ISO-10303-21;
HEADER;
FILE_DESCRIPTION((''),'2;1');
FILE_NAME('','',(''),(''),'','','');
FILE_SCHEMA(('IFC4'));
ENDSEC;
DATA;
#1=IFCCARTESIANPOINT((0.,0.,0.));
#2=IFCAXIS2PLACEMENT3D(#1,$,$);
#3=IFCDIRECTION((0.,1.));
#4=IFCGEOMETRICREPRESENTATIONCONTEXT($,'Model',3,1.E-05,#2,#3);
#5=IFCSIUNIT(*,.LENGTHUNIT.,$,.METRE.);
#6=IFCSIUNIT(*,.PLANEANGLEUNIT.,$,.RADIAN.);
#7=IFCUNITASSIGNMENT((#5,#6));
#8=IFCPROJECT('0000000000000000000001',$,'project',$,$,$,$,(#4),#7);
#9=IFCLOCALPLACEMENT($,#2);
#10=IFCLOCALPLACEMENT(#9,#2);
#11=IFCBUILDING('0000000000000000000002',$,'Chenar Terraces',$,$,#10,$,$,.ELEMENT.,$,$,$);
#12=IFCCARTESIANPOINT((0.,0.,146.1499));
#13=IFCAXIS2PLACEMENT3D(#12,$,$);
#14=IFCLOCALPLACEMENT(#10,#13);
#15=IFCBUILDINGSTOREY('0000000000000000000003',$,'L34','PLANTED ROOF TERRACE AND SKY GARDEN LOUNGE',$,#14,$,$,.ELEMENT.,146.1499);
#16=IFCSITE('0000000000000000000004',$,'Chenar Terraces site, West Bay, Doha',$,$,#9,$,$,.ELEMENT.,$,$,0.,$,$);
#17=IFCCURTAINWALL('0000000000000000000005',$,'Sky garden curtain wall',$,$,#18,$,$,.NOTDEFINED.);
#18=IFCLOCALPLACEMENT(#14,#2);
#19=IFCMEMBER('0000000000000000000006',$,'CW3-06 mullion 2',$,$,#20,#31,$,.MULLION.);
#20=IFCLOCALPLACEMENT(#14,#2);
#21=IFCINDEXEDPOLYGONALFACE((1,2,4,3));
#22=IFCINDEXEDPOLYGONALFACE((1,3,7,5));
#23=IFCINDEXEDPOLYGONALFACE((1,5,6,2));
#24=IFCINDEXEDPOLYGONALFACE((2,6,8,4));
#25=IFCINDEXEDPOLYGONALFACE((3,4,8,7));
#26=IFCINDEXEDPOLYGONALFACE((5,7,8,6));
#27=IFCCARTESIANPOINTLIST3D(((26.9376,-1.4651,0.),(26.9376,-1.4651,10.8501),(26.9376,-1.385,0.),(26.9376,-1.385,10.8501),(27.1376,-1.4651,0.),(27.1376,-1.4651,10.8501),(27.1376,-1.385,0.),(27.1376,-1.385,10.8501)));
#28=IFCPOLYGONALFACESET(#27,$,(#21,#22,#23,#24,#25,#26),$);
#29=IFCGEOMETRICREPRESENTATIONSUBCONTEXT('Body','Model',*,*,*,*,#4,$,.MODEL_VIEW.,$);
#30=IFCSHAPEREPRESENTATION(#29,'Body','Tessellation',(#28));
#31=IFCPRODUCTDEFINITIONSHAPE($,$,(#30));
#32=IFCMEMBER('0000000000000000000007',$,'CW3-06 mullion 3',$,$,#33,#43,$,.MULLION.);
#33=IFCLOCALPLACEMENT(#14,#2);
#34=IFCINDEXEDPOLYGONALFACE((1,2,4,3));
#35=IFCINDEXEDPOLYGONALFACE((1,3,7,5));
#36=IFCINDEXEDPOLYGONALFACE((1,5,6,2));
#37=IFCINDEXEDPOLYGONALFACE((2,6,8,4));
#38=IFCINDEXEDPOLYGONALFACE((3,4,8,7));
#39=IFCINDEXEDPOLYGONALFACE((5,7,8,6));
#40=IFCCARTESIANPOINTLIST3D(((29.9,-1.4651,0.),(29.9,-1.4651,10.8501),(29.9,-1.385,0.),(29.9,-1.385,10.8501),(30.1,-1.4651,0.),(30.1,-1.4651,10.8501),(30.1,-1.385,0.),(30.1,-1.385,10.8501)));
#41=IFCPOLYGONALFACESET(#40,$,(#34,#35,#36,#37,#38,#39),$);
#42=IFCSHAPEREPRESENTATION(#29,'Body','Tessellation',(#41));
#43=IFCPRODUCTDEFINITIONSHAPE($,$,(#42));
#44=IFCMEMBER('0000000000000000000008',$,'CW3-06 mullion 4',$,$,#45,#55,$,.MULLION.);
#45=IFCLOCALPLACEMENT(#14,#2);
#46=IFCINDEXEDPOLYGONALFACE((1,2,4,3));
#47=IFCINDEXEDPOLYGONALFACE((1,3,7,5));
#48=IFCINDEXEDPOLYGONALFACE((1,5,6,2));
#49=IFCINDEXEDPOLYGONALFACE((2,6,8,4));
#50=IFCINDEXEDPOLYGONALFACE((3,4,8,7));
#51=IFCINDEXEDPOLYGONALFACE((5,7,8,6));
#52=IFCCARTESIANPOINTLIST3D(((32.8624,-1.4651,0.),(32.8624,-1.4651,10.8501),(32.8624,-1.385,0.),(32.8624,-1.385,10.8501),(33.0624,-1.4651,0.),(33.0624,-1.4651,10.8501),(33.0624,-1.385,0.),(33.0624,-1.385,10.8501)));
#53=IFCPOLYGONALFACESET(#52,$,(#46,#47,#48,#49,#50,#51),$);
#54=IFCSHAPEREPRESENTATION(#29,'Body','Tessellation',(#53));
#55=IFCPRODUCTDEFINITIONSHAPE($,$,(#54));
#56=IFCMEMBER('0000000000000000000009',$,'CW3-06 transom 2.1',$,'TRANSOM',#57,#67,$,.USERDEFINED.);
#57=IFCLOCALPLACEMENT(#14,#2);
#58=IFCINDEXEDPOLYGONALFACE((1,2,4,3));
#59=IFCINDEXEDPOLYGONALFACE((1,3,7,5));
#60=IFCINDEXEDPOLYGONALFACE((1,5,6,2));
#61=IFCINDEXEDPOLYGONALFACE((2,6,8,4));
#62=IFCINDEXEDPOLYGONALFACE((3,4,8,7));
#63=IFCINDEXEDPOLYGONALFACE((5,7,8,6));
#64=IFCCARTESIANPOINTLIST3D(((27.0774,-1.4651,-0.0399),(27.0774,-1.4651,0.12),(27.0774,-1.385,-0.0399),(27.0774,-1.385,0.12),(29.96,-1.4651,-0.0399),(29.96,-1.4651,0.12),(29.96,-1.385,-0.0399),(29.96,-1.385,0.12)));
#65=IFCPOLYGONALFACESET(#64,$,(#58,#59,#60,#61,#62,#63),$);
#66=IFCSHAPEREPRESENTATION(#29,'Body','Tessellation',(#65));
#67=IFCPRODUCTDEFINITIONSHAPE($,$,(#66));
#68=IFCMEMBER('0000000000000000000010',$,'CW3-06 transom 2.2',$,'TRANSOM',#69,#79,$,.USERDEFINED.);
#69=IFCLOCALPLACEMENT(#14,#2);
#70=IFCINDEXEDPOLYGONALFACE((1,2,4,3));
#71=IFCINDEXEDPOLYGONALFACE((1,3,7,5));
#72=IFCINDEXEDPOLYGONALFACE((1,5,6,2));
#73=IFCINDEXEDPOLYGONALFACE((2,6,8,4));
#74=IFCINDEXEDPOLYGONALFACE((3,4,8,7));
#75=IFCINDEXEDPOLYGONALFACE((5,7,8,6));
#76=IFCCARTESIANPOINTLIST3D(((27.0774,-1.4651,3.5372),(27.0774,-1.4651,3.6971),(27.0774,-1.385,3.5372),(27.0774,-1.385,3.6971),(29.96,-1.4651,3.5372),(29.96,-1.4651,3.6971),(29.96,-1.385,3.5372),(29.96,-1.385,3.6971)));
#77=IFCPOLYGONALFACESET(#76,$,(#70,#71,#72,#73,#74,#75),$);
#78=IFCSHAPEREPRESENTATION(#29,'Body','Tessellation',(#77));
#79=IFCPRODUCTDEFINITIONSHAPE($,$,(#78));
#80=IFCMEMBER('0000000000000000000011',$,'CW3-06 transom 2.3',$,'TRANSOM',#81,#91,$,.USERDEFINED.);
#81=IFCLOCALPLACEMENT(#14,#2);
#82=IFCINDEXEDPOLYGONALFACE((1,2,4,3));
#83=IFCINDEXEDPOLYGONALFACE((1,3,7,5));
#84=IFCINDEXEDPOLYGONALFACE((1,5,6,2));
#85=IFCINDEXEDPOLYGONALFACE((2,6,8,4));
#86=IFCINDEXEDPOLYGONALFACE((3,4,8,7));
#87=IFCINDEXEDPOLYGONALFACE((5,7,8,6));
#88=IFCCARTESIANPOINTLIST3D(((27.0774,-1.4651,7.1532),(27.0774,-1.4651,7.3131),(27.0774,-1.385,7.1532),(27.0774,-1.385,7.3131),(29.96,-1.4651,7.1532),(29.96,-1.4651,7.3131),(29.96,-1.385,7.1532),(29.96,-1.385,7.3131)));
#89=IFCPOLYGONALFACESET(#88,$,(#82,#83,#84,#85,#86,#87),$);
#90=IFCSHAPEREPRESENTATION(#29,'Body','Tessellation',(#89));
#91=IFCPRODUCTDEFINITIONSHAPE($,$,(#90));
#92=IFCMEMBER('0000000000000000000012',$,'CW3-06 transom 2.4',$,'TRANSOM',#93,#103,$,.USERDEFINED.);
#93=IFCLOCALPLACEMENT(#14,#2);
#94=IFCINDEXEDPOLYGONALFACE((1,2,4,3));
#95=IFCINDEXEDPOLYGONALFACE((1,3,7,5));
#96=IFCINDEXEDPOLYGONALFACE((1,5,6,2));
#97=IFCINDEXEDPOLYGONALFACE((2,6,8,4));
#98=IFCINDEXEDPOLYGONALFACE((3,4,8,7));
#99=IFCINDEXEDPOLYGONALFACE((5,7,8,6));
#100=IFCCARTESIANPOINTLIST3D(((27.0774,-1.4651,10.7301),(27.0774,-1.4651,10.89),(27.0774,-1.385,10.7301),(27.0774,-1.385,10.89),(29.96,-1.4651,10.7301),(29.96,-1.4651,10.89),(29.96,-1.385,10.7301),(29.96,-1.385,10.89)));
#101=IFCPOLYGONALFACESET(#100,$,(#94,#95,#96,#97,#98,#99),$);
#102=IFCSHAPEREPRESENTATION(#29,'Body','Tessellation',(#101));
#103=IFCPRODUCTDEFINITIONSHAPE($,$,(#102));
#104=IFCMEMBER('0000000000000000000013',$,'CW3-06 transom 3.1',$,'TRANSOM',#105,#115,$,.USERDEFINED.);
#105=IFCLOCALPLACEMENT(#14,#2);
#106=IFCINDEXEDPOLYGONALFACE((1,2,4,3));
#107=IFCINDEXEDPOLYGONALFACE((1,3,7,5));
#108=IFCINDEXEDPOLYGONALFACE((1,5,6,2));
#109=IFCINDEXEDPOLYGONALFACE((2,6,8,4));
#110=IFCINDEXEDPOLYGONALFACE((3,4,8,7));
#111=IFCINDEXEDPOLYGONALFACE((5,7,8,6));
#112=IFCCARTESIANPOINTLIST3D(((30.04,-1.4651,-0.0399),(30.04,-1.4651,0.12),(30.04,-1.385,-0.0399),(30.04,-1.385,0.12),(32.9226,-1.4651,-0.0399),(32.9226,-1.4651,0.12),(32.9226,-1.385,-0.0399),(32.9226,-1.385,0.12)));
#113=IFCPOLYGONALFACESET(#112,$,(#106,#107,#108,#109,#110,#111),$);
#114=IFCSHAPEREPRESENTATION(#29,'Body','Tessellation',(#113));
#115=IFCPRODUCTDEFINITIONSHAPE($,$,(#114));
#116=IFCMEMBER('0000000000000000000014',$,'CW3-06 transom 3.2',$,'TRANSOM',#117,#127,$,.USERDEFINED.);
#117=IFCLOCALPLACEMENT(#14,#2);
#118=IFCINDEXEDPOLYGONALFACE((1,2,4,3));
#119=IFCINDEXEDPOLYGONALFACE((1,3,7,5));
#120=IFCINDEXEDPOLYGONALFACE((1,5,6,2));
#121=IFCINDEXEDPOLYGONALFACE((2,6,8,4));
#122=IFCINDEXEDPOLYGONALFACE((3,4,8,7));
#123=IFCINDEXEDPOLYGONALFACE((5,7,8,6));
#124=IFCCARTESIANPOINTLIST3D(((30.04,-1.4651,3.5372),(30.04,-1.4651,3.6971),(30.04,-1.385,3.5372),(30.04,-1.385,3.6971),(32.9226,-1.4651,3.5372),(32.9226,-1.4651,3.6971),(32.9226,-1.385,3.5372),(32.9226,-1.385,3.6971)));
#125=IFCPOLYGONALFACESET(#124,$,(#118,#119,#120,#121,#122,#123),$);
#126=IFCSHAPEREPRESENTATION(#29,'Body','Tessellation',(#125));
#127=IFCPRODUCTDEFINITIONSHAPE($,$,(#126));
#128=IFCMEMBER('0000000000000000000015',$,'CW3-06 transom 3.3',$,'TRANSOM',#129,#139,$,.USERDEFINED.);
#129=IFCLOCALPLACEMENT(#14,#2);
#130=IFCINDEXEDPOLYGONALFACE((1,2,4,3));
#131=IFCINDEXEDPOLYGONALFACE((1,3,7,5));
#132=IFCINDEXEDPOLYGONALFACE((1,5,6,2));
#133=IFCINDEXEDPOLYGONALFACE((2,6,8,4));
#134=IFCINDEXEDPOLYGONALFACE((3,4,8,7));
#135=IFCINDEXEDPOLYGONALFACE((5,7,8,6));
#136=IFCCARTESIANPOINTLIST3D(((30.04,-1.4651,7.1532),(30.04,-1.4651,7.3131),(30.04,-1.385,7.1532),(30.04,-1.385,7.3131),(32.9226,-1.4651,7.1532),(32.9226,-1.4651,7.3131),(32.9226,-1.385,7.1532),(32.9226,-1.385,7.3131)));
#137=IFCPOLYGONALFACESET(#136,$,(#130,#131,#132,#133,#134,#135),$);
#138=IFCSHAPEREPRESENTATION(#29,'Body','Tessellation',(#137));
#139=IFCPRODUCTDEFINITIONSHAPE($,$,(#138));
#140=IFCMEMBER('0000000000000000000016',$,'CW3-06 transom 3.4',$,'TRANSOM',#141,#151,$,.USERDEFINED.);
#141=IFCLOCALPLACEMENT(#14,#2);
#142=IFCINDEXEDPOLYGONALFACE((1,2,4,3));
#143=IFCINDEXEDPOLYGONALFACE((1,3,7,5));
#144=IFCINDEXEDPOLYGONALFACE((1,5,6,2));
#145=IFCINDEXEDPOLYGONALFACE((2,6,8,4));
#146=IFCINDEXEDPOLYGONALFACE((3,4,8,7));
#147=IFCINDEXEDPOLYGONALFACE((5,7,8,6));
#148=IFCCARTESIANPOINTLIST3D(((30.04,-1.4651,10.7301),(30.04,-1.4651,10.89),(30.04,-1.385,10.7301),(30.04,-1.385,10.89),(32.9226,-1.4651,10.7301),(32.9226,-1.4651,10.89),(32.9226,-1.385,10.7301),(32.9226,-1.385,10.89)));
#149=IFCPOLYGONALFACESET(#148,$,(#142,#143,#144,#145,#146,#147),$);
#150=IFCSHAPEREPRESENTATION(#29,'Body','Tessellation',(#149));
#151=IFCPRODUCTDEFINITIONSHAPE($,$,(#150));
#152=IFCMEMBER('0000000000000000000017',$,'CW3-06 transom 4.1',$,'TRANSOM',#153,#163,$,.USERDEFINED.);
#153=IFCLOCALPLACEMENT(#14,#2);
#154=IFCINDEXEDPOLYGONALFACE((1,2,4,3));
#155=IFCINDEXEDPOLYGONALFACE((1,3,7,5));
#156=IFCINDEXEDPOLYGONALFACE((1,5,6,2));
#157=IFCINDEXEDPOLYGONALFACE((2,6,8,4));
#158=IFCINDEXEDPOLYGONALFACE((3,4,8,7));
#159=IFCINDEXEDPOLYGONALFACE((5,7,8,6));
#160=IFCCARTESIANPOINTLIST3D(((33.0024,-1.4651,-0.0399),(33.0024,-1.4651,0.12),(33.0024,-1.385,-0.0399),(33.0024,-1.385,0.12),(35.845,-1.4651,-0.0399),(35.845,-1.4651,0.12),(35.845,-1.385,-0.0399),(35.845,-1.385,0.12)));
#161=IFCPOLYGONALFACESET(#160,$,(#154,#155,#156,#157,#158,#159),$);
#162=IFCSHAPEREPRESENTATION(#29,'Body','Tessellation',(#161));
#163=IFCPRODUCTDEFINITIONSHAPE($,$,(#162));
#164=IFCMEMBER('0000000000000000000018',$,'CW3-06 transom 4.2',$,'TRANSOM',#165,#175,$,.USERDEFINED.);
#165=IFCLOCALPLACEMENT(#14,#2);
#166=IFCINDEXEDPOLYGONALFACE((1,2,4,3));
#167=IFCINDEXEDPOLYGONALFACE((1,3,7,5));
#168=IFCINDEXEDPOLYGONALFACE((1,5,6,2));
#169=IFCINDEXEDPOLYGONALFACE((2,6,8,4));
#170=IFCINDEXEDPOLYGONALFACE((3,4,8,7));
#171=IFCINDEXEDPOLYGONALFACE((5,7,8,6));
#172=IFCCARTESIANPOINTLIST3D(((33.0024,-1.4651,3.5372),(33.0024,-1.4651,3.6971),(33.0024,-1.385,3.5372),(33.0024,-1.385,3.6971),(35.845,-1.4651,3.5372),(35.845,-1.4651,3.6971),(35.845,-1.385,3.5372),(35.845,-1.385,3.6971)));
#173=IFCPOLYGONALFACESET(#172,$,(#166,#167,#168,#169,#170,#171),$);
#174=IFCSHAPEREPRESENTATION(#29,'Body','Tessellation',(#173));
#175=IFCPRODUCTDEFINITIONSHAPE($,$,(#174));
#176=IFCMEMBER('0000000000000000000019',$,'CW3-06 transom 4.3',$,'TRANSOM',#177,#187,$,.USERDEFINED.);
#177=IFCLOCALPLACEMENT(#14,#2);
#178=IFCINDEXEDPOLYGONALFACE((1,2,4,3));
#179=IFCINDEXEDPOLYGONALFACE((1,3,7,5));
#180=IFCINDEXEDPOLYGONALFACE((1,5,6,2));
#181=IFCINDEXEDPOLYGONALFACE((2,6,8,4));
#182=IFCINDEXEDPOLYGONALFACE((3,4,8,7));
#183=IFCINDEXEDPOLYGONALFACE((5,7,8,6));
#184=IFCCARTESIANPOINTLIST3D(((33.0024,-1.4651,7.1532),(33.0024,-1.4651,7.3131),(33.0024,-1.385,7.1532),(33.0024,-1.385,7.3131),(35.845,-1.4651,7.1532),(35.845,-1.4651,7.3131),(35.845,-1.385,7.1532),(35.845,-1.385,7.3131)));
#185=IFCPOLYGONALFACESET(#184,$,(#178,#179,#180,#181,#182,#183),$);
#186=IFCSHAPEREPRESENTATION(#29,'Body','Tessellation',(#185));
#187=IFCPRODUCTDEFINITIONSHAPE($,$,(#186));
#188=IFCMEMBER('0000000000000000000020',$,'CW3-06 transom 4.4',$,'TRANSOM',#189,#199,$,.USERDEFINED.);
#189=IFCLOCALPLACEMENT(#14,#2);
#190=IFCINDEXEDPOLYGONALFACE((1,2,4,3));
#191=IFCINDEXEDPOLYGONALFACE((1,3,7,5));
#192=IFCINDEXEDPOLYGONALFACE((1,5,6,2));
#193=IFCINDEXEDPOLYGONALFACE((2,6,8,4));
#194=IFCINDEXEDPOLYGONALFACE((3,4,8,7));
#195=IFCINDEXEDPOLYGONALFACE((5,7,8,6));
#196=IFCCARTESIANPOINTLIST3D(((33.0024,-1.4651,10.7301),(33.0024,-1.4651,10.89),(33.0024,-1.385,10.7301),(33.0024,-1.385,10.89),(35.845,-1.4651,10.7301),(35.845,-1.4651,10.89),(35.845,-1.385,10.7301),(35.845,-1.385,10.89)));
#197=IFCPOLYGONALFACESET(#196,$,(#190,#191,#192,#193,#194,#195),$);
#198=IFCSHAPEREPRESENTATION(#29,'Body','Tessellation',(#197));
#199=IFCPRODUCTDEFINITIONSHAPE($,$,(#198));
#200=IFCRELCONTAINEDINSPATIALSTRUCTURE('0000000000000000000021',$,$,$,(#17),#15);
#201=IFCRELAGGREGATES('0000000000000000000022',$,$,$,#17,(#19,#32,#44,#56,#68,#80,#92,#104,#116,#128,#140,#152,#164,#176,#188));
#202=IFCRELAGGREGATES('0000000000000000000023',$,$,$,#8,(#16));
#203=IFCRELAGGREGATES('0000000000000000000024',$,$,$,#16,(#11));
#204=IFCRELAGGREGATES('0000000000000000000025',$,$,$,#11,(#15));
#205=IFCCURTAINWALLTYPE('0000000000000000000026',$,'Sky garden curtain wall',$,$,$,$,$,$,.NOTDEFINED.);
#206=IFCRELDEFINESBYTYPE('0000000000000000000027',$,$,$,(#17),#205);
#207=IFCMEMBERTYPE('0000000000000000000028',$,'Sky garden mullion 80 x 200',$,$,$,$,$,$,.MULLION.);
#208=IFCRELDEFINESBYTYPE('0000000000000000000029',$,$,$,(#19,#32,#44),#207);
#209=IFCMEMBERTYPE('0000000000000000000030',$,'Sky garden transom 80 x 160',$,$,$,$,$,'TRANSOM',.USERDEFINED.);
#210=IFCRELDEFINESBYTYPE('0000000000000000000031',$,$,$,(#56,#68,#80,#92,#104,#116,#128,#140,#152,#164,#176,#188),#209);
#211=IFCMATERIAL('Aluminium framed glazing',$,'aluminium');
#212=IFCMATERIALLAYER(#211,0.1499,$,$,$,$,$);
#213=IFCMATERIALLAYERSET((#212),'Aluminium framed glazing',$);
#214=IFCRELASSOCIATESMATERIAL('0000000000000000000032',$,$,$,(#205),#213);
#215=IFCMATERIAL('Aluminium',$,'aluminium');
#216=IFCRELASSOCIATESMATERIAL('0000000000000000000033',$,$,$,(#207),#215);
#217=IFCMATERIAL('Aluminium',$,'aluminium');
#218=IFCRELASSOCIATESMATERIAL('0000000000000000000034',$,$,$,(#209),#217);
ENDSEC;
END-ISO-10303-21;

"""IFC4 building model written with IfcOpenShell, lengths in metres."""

from ifc_helpers import new_model, si_unit, direction, frame, origin, origin_2d, place, context, subcontext, project, spatial, rectangle, extrude, material, layer, layer_set, material_profile, profile_set, type_object, element, aggregate, save


model = new_model("IFC4")

# Units and contexts
model_context = context("Model", 3, precision=1e-05, world=origin(), true_north=direction((0.0, 1.0)))
body_context = subcontext(model_context, "Body", "Model", "MODEL_VIEW")
ifc_project = project(units=[si_unit("LENGTHUNIT", "METRE"), si_unit("PLANEANGLEUNIT", "RADIAN")], contexts=[model_context])

# Site, building, storey
site_placement = place(None, origin())
site = spatial("IfcSite", under=ifc_project, at=site_placement, Name="Chenar Terraces site, West Bay, Doha", CompositionType="ELEMENT", RefElevation=0.0)
building_placement = place(site_placement, origin())
building = spatial("IfcBuilding", under=site, at=building_placement, Name="Chenar Terraces", CompositionType="ELEMENT")
storey_placement = place(building_placement, frame((0.0, 0.0, 146.1499)))
storey = spatial("IfcBuildingStorey", under=building, at=storey_placement, Name="L34", Description="PLANTED ROOF TERRACE AND SKY GARDEN LOUNGE", CompositionType="ELEMENT", Elevation=146.1499)

# Curtain wall, members
ifc_material_1 = material(Name="Aluminium framed glazing", Category="aluminium")
ifc_layer_1 = layer(ifc_material_1, 0.1499)
ifc_layer_set_1 = layer_set([ifc_layer_1], Name="Aluminium framed glazing")
curtain_wall_type = type_object("IfcCurtainWallType", Name="Sky garden curtain wall", PredefinedType="NOTDEFINED", material=ifc_layer_set_1)
curtain_wall_placement = place(storey_placement, origin())
curtain_wall = element("IfcCurtainWall", 1, at=curtain_wall_placement, inside=storey, type_object=curtain_wall_type, Name="Sky garden curtain wall", PredefinedType="NOTDEFINED")
ifc_material_2 = material(Name="Aluminium", Category="aluminium")
ifc_material_profile_1 = material_profile(ifc_material_2, rectangle(XDim=0.0801, YDim=0.2, at=origin_2d()), Name="Sky garden mullion 80 x 200")
ifc_profile_set_1 = profile_set([ifc_material_profile_1], Name="Aluminium")
member_type_1 = type_object("IfcMemberType", Name="Sky garden mullion 80 x 200", PredefinedType="MULLION", material=ifc_profile_set_1)
member_1_placement = place(storey_placement, frame((27.0376, -1.425, 0.0), z_axis=(0.0, 0.0, 1.0), x_axis=(0.0, 1.0, 0.0)))
member_1 = element("IfcMember", 2, at=member_1_placement, type_object=member_type_1, Name="CW3-06 mullion 2", PredefinedType="MULLION", context=body_context, shape_type="SweptSolid", body=[
    extrude(rectangle(XDim=0.0801, YDim=0.2, at=origin_2d()), origin(), (0.0, 0.0, 1.0), 10.8501),
])
member_2_placement = place(storey_placement, frame((30.0, -1.425, 0.0), z_axis=(0.0, 0.0, 1.0), x_axis=(0.0, 1.0, 0.0)))
member_2 = element("IfcMember", 3, at=member_2_placement, type_object=member_type_1, Name="CW3-06 mullion 3", PredefinedType="MULLION", context=body_context, shape_type="SweptSolid", body=[
    extrude(rectangle(XDim=0.0801, YDim=0.2, at=origin_2d()), origin(), (0.0, 0.0, 1.0), 10.8501),
])
member_3_placement = place(storey_placement, frame((32.9624, -1.425, 0.0), z_axis=(0.0, 0.0, 1.0), x_axis=(0.0, 1.0, 0.0)))
member_3 = element("IfcMember", 4, at=member_3_placement, type_object=member_type_1, Name="CW3-06 mullion 4", PredefinedType="MULLION", context=body_context, shape_type="SweptSolid", body=[
    extrude(rectangle(XDim=0.0801, YDim=0.2, at=origin_2d()), origin(), (0.0, 0.0, 1.0), 10.8501),
])
ifc_material_3 = material(Name="Aluminium", Category="aluminium")
ifc_material_profile_2 = material_profile(ifc_material_3, rectangle(XDim=0.0801, YDim=0.1599, at=origin_2d()), Name="Sky garden transom 80 x 160")
ifc_profile_set_2 = profile_set([ifc_material_profile_2], Name="Aluminium")
member_type_2 = type_object("IfcMemberType", Name="Sky garden transom 80 x 160", ElementType="TRANSOM", PredefinedType="USERDEFINED", material=ifc_profile_set_2)
member_4_placement = place(storey_placement, frame((27.0774, -1.425, 0.04), z_axis=(1.0, 0.0, 0.0), x_axis=(0.0, 1.0, 0.0)))
member_4 = element("IfcMember", 5, at=member_4_placement, type_object=member_type_2, Name="CW3-06 transom 2.1", ObjectType="TRANSOM", PredefinedType="USERDEFINED", context=body_context, shape_type="SweptSolid", body=[
    extrude(rectangle(XDim=0.0801, YDim=0.1599, at=origin_2d()), origin(), (0.0, 0.0, 1.0), 2.8826),
])
member_5_placement = place(storey_placement, frame((27.0774, -1.425, 3.6172), z_axis=(1.0, 0.0, 0.0), x_axis=(0.0, 1.0, 0.0)))
member_5 = element("IfcMember", 6, at=member_5_placement, type_object=member_type_2, Name="CW3-06 transom 2.2", ObjectType="TRANSOM", PredefinedType="USERDEFINED", context=body_context, shape_type="SweptSolid", body=[
    extrude(rectangle(XDim=0.0801, YDim=0.1599, at=origin_2d()), origin(), (0.0, 0.0, 1.0), 2.8826),
])
member_6_placement = place(storey_placement, frame((27.0774, -1.425, 7.2332), z_axis=(1.0, 0.0, 0.0), x_axis=(0.0, 1.0, 0.0)))
member_6 = element("IfcMember", 7, at=member_6_placement, type_object=member_type_2, Name="CW3-06 transom 2.3", ObjectType="TRANSOM", PredefinedType="USERDEFINED", context=body_context, shape_type="SweptSolid", body=[
    extrude(rectangle(XDim=0.0801, YDim=0.1599, at=origin_2d()), origin(), (0.0, 0.0, 1.0), 2.8826),
])
member_7_placement = place(storey_placement, frame((27.0774, -1.425, 10.8101), z_axis=(1.0, 0.0, 0.0), x_axis=(0.0, 1.0, 0.0)))
member_7 = element("IfcMember", 8, at=member_7_placement, type_object=member_type_2, Name="CW3-06 transom 2.4", ObjectType="TRANSOM", PredefinedType="USERDEFINED", context=body_context, shape_type="SweptSolid", body=[
    extrude(rectangle(XDim=0.0801, YDim=0.1599, at=origin_2d()), origin(), (0.0, 0.0, 1.0), 2.8826),
])
member_8_placement = place(storey_placement, frame((30.04, -1.425, 0.04), z_axis=(1.0, 0.0, 0.0), x_axis=(0.0, 1.0, 0.0)))
member_8 = element("IfcMember", 9, at=member_8_placement, type_object=member_type_2, Name="CW3-06 transom 3.1", ObjectType="TRANSOM", PredefinedType="USERDEFINED", context=body_context, shape_type="SweptSolid", body=[
    extrude(rectangle(XDim=0.0801, YDim=0.1599, at=origin_2d()), origin(), (0.0, 0.0, 1.0), 2.8826),
])
member_9_placement = place(storey_placement, frame((30.04, -1.425, 3.6172), z_axis=(1.0, 0.0, 0.0), x_axis=(0.0, 1.0, 0.0)))
member_9 = element("IfcMember", 10, at=member_9_placement, type_object=member_type_2, Name="CW3-06 transom 3.2", ObjectType="TRANSOM", PredefinedType="USERDEFINED", context=body_context, shape_type="SweptSolid", body=[
    extrude(rectangle(XDim=0.0801, YDim=0.1599, at=origin_2d()), origin(), (0.0, 0.0, 1.0), 2.8826),
])
member_10_placement = place(storey_placement, frame((30.04, -1.425, 7.2332), z_axis=(1.0, 0.0, 0.0), x_axis=(0.0, 1.0, 0.0)))
member_10 = element("IfcMember", 11, at=member_10_placement, type_object=member_type_2, Name="CW3-06 transom 3.3", ObjectType="TRANSOM", PredefinedType="USERDEFINED", context=body_context, shape_type="SweptSolid", body=[
    extrude(rectangle(XDim=0.0801, YDim=0.1599, at=origin_2d()), origin(), (0.0, 0.0, 1.0), 2.8826),
])
member_11_placement = place(storey_placement, frame((30.04, -1.425, 10.8101), z_axis=(1.0, 0.0, 0.0), x_axis=(0.0, 1.0, 0.0)))
member_11 = element("IfcMember", 12, at=member_11_placement, type_object=member_type_2, Name="CW3-06 transom 3.4", ObjectType="TRANSOM", PredefinedType="USERDEFINED", context=body_context, shape_type="SweptSolid", body=[
    extrude(rectangle(XDim=0.0801, YDim=0.1599, at=origin_2d()), origin(), (0.0, 0.0, 1.0), 2.8826),
])
member_12_placement = place(storey_placement, frame((33.0024, -1.425, 0.04), z_axis=(1.0, 0.0, 0.0), x_axis=(0.0, 1.0, 0.0)))
member_12 = element("IfcMember", 13, at=member_12_placement, type_object=member_type_2, Name="CW3-06 transom 4.1", ObjectType="TRANSOM", PredefinedType="USERDEFINED", context=body_context, shape_type="SweptSolid", body=[
    extrude(rectangle(XDim=0.0801, YDim=0.1599, at=origin_2d()), origin(), (0.0, 0.0, 1.0), 2.8425),
])
member_13_placement = place(storey_placement, frame((33.0024, -1.425, 3.6172), z_axis=(1.0, 0.0, 0.0), x_axis=(0.0, 1.0, 0.0)))
member_13 = element("IfcMember", 14, at=member_13_placement, type_object=member_type_2, Name="CW3-06 transom 4.2", ObjectType="TRANSOM", PredefinedType="USERDEFINED", context=body_context, shape_type="SweptSolid", body=[
    extrude(rectangle(XDim=0.0801, YDim=0.1599, at=origin_2d()), origin(), (0.0, 0.0, 1.0), 2.8425),
])
member_14_placement = place(storey_placement, frame((33.0024, -1.425, 7.2332), z_axis=(1.0, 0.0, 0.0), x_axis=(0.0, 1.0, 0.0)))
member_14 = element("IfcMember", 15, at=member_14_placement, type_object=member_type_2, Name="CW3-06 transom 4.3", ObjectType="TRANSOM", PredefinedType="USERDEFINED", context=body_context, shape_type="SweptSolid", body=[
    extrude(rectangle(XDim=0.0801, YDim=0.1599, at=origin_2d()), origin(), (0.0, 0.0, 1.0), 2.8425),
])
member_15_placement = place(storey_placement, frame((33.0024, -1.425, 10.8101), z_axis=(1.0, 0.0, 0.0), x_axis=(0.0, 1.0, 0.0)))
member_15 = element("IfcMember", 16, at=member_15_placement, type_object=member_type_2, Name="CW3-06 transom 4.4", ObjectType="TRANSOM", PredefinedType="USERDEFINED", context=body_context, shape_type="SweptSolid", body=[
    extrude(rectangle(XDim=0.0801, YDim=0.1599, at=origin_2d()), origin(), (0.0, 0.0, 1.0), 2.8425),
])
aggregate(curtain_wall, [member_1, member_2, member_3, member_4, member_5, member_6, member_7, member_8, member_9, member_10, member_11, member_12, member_13, member_14, member_15])

save(model, "model.ifc")
